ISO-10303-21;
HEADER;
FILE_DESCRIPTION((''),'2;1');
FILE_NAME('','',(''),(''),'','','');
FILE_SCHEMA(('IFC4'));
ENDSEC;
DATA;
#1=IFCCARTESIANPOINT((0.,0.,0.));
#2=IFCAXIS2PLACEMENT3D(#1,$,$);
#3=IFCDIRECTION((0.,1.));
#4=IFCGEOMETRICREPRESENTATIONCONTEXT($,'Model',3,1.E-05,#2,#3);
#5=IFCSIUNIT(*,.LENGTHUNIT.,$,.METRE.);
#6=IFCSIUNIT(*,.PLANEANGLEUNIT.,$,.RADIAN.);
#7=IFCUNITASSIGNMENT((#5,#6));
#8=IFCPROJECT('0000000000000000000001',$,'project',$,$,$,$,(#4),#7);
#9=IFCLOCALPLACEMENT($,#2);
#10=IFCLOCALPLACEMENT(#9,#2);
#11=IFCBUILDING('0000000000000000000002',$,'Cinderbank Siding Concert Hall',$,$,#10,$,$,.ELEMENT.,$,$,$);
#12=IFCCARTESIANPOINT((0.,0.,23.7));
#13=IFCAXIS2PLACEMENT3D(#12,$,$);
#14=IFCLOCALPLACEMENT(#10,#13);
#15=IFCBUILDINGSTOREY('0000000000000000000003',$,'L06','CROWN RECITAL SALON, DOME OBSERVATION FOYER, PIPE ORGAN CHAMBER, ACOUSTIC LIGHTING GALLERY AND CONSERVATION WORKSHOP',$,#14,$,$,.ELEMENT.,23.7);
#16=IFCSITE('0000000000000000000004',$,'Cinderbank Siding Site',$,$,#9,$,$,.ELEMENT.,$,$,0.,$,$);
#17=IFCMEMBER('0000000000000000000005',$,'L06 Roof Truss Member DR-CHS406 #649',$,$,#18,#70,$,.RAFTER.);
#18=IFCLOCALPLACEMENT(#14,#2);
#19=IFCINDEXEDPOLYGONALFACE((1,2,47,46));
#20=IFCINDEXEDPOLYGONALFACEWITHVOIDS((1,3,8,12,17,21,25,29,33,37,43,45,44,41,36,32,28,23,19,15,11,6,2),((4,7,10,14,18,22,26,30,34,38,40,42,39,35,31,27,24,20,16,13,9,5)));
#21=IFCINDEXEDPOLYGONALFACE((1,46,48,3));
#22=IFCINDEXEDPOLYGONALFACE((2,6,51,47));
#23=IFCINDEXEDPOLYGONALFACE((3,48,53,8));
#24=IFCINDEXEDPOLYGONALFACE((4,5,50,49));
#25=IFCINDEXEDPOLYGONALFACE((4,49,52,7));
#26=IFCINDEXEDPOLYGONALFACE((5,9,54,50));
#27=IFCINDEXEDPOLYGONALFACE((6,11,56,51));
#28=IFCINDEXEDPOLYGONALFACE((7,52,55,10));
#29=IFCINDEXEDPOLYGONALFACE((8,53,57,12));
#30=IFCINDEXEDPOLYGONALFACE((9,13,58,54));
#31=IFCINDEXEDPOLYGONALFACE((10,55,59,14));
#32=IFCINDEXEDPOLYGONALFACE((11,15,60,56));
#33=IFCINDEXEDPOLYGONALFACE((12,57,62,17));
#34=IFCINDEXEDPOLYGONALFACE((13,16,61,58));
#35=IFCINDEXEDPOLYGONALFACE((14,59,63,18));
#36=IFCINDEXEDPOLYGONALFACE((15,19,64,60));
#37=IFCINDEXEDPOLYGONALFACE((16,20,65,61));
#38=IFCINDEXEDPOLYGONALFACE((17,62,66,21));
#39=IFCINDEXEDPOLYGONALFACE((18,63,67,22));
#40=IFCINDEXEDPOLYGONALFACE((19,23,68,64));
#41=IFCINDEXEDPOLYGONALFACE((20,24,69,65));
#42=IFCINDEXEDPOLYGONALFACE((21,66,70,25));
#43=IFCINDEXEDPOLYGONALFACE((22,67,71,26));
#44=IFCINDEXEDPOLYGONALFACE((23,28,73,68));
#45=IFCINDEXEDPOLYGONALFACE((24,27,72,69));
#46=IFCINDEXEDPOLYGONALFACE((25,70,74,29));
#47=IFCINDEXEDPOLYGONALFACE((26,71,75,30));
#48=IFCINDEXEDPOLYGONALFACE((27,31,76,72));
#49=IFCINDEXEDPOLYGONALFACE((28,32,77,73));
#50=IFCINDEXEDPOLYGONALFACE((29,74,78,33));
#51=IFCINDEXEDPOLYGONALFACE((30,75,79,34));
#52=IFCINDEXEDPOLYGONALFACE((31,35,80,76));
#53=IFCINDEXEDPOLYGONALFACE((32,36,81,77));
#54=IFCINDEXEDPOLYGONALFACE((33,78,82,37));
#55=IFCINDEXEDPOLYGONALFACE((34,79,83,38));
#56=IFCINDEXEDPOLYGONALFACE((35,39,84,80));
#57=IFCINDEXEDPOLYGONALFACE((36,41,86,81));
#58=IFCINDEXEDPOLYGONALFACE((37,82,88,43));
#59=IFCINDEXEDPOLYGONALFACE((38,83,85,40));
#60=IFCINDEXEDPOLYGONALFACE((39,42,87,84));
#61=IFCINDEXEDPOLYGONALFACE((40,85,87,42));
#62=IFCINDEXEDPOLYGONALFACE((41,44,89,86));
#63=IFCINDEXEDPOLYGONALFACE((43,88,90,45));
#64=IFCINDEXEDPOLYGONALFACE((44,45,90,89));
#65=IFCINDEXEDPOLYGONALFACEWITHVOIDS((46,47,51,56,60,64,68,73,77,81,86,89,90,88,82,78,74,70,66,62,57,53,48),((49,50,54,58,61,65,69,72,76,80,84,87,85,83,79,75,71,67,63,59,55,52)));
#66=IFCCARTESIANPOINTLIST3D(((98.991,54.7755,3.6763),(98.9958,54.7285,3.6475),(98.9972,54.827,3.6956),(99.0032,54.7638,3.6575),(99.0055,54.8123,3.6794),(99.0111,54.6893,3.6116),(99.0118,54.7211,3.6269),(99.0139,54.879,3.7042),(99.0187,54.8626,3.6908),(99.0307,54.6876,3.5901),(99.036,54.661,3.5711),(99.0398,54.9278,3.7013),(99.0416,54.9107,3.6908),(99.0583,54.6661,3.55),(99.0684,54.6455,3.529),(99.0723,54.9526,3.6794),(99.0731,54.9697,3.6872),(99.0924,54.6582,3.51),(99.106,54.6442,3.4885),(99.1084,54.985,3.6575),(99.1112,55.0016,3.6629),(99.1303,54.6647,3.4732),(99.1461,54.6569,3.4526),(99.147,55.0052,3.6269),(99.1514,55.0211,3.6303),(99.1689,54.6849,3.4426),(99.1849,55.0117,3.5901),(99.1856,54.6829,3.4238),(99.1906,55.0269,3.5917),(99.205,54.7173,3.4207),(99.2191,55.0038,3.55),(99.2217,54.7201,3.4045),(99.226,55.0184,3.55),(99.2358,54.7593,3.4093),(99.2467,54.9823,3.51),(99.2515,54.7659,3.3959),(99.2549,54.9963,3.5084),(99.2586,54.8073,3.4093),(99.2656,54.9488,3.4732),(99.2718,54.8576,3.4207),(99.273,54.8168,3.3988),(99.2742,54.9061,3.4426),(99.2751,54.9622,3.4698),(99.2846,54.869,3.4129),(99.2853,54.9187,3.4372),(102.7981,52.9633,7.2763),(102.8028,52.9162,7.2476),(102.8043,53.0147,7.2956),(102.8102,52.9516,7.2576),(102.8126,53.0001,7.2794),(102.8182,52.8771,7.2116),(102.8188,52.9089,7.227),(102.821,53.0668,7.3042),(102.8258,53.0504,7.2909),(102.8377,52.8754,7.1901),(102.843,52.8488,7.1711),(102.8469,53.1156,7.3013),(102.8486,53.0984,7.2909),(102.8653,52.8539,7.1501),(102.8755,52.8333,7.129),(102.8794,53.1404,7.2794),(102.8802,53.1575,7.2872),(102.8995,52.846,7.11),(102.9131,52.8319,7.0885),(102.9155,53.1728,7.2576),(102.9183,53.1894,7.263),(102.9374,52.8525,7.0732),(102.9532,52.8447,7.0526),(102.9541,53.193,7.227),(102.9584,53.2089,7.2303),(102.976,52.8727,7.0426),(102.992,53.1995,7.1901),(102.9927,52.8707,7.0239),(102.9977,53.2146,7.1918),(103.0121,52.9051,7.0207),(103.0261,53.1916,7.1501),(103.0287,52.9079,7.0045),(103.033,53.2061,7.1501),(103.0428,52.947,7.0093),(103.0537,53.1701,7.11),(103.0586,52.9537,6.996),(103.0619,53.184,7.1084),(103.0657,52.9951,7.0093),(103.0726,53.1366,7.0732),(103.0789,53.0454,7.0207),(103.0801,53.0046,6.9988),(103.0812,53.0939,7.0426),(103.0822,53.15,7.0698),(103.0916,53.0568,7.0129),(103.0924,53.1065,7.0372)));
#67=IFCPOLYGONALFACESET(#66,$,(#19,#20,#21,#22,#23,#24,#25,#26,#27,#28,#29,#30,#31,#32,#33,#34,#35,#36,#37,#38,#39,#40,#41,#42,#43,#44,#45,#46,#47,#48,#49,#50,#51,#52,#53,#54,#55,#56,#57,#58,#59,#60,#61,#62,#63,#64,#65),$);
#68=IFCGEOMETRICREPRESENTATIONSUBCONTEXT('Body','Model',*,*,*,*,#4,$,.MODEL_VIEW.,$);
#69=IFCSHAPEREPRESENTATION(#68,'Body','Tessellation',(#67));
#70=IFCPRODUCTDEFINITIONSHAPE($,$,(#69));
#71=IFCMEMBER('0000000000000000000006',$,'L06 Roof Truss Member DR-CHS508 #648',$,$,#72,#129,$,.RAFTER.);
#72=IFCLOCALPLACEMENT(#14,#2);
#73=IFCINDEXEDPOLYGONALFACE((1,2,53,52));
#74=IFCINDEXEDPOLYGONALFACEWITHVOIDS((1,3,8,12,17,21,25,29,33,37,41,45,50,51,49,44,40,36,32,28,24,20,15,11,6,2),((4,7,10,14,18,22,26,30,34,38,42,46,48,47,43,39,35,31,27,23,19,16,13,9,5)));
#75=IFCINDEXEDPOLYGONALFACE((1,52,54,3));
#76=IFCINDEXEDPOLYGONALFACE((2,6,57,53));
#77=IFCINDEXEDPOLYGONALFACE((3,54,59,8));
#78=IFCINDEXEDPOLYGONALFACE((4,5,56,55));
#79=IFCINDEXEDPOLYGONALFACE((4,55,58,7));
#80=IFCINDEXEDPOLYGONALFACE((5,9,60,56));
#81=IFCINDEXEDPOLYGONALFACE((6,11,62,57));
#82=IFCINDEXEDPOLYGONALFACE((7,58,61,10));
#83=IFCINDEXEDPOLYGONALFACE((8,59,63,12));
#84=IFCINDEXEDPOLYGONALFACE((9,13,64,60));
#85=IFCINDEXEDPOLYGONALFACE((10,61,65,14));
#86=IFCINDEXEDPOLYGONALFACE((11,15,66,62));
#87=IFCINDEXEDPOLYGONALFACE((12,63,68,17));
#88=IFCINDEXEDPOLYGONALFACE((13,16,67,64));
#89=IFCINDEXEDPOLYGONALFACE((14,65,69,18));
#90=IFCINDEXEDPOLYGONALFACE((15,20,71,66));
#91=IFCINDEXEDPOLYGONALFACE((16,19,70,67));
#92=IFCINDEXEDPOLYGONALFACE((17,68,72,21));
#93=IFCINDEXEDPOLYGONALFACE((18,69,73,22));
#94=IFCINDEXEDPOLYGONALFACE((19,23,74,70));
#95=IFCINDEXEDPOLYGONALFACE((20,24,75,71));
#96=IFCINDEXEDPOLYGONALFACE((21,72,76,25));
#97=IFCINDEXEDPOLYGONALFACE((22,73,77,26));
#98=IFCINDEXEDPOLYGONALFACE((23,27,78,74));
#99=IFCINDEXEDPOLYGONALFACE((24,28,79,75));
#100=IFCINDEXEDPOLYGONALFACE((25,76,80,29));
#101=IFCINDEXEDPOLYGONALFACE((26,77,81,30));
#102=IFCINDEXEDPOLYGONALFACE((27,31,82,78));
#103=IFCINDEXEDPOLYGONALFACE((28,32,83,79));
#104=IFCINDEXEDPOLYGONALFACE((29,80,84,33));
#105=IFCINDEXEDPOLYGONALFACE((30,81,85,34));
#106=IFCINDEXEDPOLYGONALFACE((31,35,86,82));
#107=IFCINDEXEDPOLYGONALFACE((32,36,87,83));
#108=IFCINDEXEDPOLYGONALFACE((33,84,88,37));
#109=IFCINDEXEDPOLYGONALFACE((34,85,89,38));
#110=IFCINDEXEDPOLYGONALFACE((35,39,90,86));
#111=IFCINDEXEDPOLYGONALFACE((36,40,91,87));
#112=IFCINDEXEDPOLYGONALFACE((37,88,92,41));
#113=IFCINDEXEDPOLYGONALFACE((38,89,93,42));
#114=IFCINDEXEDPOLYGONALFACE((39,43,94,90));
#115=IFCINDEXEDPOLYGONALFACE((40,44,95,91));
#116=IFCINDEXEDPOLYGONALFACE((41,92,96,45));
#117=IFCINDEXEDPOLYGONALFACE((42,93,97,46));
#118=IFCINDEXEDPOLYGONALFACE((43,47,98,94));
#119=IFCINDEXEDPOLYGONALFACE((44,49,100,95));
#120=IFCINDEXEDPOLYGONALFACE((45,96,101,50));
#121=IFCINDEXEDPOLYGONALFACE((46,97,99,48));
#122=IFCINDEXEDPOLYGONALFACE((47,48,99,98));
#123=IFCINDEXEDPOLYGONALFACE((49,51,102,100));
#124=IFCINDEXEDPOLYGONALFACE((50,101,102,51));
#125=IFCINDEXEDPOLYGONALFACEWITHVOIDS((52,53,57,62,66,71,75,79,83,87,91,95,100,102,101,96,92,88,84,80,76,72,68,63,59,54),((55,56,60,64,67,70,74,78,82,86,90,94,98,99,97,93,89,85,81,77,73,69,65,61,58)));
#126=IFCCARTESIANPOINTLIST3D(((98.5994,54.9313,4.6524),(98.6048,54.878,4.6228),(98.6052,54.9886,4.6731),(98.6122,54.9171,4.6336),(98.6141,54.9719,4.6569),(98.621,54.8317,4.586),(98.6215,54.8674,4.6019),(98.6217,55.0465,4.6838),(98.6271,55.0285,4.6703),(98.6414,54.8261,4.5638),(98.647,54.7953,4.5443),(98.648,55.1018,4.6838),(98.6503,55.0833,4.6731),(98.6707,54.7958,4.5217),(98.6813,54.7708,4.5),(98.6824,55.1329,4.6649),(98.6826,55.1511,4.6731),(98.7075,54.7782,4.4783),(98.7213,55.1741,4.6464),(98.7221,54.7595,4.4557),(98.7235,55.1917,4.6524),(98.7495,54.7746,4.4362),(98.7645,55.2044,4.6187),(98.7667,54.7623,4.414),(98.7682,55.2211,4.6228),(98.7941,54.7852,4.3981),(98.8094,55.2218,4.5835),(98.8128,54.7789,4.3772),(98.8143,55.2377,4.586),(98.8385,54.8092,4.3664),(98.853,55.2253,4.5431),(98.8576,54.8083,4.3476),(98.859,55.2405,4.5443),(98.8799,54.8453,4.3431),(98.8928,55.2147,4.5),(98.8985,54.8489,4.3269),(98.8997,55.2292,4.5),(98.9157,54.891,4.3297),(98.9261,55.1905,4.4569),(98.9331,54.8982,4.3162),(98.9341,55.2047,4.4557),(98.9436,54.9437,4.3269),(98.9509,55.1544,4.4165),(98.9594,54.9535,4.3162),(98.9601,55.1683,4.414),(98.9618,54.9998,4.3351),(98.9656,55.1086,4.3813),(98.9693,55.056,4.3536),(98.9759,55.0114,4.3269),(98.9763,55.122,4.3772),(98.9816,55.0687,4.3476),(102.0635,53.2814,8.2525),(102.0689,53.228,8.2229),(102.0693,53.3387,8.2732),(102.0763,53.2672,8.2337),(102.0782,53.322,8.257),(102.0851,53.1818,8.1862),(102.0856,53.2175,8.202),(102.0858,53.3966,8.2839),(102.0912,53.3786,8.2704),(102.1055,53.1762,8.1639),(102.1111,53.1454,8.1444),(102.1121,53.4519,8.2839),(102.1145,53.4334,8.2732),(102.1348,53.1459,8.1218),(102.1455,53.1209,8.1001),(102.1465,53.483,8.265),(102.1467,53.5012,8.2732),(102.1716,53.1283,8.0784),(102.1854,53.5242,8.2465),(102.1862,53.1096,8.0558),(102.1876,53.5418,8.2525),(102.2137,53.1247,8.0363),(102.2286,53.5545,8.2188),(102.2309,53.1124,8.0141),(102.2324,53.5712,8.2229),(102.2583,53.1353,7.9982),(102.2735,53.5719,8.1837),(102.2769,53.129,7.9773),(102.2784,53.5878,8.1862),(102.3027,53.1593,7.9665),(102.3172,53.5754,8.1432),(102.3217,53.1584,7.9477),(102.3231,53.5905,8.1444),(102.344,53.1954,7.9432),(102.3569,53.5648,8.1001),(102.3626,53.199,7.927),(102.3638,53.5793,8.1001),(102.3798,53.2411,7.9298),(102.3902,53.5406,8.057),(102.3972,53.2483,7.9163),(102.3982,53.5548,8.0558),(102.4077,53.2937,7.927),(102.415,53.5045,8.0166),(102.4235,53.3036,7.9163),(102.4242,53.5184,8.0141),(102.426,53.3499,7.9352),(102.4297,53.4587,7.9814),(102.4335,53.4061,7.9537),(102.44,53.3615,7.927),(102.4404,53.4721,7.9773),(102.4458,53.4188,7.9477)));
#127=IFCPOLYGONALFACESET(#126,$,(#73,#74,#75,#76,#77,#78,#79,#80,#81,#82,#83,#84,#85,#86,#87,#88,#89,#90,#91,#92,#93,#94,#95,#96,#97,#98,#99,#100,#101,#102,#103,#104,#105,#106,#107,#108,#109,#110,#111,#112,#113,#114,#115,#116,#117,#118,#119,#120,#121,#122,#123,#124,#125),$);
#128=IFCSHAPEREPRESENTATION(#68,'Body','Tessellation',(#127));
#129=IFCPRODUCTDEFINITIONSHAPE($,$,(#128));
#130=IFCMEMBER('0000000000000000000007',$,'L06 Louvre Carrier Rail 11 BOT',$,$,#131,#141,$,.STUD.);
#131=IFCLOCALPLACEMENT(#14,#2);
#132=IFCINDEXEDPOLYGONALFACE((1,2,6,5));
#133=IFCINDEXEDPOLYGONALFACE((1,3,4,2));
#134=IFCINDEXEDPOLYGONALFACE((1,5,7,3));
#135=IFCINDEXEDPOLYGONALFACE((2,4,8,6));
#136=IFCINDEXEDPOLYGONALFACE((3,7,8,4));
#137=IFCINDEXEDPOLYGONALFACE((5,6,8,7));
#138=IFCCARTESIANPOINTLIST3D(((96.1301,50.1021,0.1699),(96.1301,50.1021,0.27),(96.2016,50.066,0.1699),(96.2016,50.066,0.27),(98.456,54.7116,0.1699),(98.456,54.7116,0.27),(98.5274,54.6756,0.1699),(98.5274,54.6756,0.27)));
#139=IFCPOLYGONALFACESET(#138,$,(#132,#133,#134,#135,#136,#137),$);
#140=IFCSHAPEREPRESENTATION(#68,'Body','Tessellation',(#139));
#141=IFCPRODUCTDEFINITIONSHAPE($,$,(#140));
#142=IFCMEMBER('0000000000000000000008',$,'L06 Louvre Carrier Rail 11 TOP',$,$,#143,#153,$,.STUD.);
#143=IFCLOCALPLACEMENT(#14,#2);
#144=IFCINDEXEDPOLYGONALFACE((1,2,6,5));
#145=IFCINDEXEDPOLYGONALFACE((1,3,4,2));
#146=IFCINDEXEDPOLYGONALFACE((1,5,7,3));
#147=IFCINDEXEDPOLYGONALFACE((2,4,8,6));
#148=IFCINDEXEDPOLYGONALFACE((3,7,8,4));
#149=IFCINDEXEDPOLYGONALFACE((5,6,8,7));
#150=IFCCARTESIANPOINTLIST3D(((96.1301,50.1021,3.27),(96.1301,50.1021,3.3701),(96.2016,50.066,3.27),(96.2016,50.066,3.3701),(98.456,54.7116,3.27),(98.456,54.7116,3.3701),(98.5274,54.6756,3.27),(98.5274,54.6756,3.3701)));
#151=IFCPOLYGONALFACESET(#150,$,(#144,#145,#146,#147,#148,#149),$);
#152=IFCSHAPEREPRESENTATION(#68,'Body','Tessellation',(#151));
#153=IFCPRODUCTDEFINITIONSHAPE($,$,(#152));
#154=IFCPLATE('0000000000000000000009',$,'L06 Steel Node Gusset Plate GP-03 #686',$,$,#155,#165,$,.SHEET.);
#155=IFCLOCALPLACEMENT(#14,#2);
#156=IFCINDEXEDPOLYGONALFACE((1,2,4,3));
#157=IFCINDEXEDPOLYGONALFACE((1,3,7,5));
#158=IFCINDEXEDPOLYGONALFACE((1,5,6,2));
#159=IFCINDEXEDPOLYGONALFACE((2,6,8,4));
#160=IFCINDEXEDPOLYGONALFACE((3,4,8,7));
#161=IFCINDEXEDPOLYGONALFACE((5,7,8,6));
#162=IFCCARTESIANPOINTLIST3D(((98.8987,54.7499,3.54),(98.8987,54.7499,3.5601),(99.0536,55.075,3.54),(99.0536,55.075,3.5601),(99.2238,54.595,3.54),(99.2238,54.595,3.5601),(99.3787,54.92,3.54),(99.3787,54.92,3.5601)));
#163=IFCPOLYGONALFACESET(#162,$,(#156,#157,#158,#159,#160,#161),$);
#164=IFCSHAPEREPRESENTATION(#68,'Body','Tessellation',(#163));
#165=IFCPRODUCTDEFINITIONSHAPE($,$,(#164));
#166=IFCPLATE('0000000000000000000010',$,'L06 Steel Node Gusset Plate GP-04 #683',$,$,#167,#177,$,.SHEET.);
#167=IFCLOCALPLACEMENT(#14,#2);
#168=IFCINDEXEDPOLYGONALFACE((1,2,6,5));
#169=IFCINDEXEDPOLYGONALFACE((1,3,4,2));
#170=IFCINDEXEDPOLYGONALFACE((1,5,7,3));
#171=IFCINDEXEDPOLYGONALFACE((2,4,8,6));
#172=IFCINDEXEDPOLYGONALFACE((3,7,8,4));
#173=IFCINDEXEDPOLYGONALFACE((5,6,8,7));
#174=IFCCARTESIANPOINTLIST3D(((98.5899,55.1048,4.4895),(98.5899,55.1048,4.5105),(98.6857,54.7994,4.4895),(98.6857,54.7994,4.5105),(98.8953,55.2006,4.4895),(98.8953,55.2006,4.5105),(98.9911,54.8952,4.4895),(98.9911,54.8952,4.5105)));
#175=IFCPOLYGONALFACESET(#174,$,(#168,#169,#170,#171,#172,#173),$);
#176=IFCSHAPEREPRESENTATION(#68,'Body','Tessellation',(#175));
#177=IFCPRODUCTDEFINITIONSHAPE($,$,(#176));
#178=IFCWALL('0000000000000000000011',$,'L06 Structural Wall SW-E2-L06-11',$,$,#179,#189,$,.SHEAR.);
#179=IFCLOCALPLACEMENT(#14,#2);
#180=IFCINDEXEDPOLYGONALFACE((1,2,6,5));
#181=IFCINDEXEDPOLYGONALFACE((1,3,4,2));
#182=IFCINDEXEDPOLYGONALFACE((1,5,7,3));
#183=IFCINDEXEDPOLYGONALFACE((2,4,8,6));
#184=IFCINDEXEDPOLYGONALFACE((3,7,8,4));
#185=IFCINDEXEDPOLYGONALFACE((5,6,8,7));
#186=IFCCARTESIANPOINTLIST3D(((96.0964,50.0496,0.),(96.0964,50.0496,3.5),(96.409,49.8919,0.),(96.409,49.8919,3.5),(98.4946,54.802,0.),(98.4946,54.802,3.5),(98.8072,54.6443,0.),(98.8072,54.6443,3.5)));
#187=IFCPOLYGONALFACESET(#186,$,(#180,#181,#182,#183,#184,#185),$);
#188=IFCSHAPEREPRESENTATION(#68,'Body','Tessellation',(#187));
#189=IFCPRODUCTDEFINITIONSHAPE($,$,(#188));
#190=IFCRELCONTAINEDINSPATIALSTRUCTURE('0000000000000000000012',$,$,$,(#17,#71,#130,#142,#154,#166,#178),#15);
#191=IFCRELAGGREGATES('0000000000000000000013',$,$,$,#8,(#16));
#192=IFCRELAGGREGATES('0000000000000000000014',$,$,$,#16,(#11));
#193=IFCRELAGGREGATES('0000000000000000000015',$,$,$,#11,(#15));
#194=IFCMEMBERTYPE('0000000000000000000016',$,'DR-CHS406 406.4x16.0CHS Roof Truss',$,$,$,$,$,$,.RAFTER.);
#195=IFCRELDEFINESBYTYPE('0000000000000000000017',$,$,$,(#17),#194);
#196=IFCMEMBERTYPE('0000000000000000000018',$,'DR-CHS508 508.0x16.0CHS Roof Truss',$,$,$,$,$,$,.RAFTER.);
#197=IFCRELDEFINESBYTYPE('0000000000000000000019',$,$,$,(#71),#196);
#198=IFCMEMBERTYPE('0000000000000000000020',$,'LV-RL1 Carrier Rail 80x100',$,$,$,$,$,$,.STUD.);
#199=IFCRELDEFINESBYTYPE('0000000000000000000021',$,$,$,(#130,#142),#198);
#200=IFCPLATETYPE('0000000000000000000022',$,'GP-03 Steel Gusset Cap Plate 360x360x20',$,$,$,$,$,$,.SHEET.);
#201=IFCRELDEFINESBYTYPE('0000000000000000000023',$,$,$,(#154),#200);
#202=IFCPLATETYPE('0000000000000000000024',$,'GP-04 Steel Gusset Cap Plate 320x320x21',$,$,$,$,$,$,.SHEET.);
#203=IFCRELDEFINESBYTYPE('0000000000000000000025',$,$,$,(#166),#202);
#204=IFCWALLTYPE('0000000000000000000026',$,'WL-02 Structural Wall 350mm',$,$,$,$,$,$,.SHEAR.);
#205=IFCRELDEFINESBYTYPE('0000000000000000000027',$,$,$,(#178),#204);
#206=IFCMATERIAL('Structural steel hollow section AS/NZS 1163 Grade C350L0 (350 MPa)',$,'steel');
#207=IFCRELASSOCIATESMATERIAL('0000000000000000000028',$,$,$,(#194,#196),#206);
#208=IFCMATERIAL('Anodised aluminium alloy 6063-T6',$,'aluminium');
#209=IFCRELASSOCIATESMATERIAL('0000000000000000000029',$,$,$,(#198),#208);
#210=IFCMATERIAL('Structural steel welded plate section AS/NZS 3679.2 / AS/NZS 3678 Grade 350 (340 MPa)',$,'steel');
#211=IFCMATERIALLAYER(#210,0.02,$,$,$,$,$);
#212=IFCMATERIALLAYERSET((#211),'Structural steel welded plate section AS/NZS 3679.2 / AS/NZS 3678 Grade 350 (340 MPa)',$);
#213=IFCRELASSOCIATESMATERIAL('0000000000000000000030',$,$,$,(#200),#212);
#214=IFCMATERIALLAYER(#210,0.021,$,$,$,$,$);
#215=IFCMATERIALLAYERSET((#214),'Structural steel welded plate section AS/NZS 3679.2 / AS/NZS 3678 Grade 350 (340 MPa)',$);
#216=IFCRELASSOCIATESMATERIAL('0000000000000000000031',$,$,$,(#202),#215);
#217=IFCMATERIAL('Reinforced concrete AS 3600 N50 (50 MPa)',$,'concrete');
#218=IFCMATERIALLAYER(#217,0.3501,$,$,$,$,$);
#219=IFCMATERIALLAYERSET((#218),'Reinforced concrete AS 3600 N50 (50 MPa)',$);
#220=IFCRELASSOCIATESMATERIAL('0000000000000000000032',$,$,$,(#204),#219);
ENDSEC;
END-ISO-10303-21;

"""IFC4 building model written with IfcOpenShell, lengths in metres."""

from ifc_helpers import new_model, si_unit, direction, frame, frame_2d, origin, origin_2d, place, context, subcontext, project, spatial, rectangle, hollow_circle, extrude, material, layer, layer_set, material_profile, profile_set, type_object, element, save


model = new_model("IFC4")

# Units and contexts
model_context = context("Model", 3, precision=1e-05, world=origin(), true_north=direction((0.0, 1.0)))
body_context = subcontext(model_context, "Body", "Model", "MODEL_VIEW")
ifc_project = project(units=[si_unit("LENGTHUNIT", "METRE"), si_unit("PLANEANGLEUNIT", "RADIAN")], contexts=[model_context])

# Site, building, storey
site_placement = place(None, origin())
site = spatial("IfcSite", under=ifc_project, at=site_placement, Name="Cinderbank Siding Site", CompositionType="ELEMENT", RefElevation=0.0)
building_placement = place(site_placement, origin())
building = spatial("IfcBuilding", under=site, at=building_placement, Name="Cinderbank Siding Concert Hall", CompositionType="ELEMENT")
storey_placement = place(building_placement, frame((0.0, 0.0, 23.7)))
storey = spatial("IfcBuildingStorey", under=building, at=storey_placement, Name="L06", Description="CROWN RECITAL SALON, DOME OBSERVATION FOYER, PIPE ORGAN CHAMBER, ACOUSTIC LIGHTING GALLERY AND CONSERVATION WORKSHOP", CompositionType="ELEMENT", Elevation=23.7)

# Shared definitions
ifc_material_1 = material(Name="Reinforced concrete AS 3600 N50 (50 MPa)", Category="concrete")

# Shared definitions
ifc_material_2 = material(Name="Structural steel welded plate section AS/NZS 3679.2 / AS/NZS 3678 Grade 350 (340 MPa)", Category="steel")

# Members
ifc_material_3 = material(Name="Structural steel hollow section AS/NZS 1163 Grade C350L0 (350 MPa)", Category="steel")
ifc_material_profile_1 = material_profile(ifc_material_3, hollow_circle(Radius=0.2031, WallThickness=0.0161, at=origin_2d()), Name="406.4x16.0CHS", Category="LoadBearing")
ifc_profile_set_1 = profile_set([ifc_material_profile_1], Name="Structural steel hollow section AS/NZS 1163 Grade C350L0 (350 MPa)")
member_type_1 = type_object("IfcMemberType", Name="DR-CHS406 406.4x16.0CHS Roof Truss", PredefinedType="RAFTER", material=ifc_profile_set_1)
member_1_placement = place(storey_placement, frame((99.1387, 54.835, 3.55), z_axis=(0.686675, -0.326869, 0.649334), x_axis=(0.429805, 0.902922, 0.0)))
element("IfcMember", 1, at=member_1_placement, inside=storey, type_object=member_type_1, Name="L06 Roof Truss Member DR-CHS406 #649", PredefinedType="RAFTER", context=body_context, shape_type="SweptSolid", body=[
    extrude(hollow_circle(Radius=0.2031, WallThickness=0.0161, at=origin_2d()), origin(), (0.0, 0.0, 1.0), 5.5442),
])
ifc_material_profile_2 = material_profile(ifc_material_3, hollow_circle(Radius=0.2539, WallThickness=0.0161, at=origin_2d()), Name="508.0x16.0CHS", Category="LoadBearing")
ifc_profile_set_2 = profile_set([ifc_material_profile_2], Name="Structural steel hollow section AS/NZS 1163 Grade C350L0 (350 MPa)")
member_type_2 = type_object("IfcMemberType", Name="DR-CHS508 508.0x16.0CHS Roof Truss", PredefinedType="RAFTER", material=ifc_profile_set_2)
member_2_placement = place(storey_placement, frame((98.7905, 55.0, 4.5), z_axis=(0.658394, -0.313583, 0.684239), x_axis=(0.430003, 0.902828, 0.0)))
element("IfcMember", 2, at=member_2_placement, inside=storey, type_object=member_type_2, Name="L06 Roof Truss Member DR-CHS508 #648", PredefinedType="RAFTER", context=body_context, shape_type="SweptSolid", body=[
    extrude(hollow_circle(Radius=0.2539, WallThickness=0.0161, at=origin_2d()), origin(), (0.0, 0.0, 1.0), 5.2615),
])
ifc_material_4 = material(Name="Anodised aluminium alloy 6063-T6", Category="aluminium")
ifc_material_profile_3 = material_profile(ifc_material_4, rectangle(XDim=0.0801, YDim=0.1001, at=origin_2d()), Name="ALU-RAIL-80x100", Category="LoadBearing")
ifc_profile_set_3 = profile_set([ifc_material_profile_3], Name="Anodised aluminium alloy 6063-T6")
member_type_3 = type_object("IfcMemberType", Name="LV-RL1 Carrier Rail 80x100", PredefinedType="STUD", material=ifc_profile_set_3)
for number, where, z_axis, x_axis, name in (
    (3, (98.4917, 54.6936, 0.22), (-0.450483, -0.892785, 0.0), (0.892785, -0.450483, 0.0), "L06 Louvre Carrier Rail 11 BOT"),
    (4, (98.4917, 54.6936, 3.3201), (-0.450483, -0.892785, 0.0), (0.892785, -0.450483, 0.0), "L06 Louvre Carrier Rail 11 TOP"),
):
    element("IfcMember", number, at=place(storey_placement, frame(where, z_axis=z_axis, x_axis=x_axis)), inside=storey, type_object=member_type_3, Name=name, PredefinedType="STUD", context=body_context, shape_type="SweptSolid", body=[
        extrude(rectangle(XDim=0.0801, YDim=0.1001, at=origin_2d()), origin(), (0.0, 0.0, 1.0), 5.1631),
    ])

# Plates
ifc_layer_1 = layer(ifc_material_2, 0.02)
ifc_layer_set_1 = layer_set([ifc_layer_1], Name="Structural steel welded plate section AS/NZS 3679.2 / AS/NZS 3678 Grade 350 (340 MPa)")
plate_type_1 = type_object("IfcPlateType", Name="GP-03 Steel Gusset Cap Plate 360x360x20", PredefinedType="SHEET", material=ifc_layer_set_1)
plate_1_placement = place(storey_placement, frame((99.1387, 54.835, 3.54), z_axis=(0.0, 0.0, 1.0), x_axis=(0.902736, -0.430196, 0.0)))
element("IfcPlate", 5, at=plate_1_placement, inside=storey, type_object=plate_type_1, Name="L06 Steel Node Gusset Plate GP-03 #686", PredefinedType="SHEET", context=body_context, shape_type="SweptSolid", body=[
    extrude(rectangle(XDim=0.3601, YDim=0.3601, at=origin_2d()), origin(), (0.0, 0.0, 1.0), 0.02),
])
ifc_layer_2 = layer(ifc_material_2, 0.021)
ifc_layer_set_2 = layer_set([ifc_layer_2], Name="Structural steel welded plate section AS/NZS 3679.2 / AS/NZS 3678 Grade 350 (340 MPa)")
plate_type_2 = type_object("IfcPlateType", Name="GP-04 Steel Gusset Cap Plate 320x320x21", PredefinedType="SHEET", material=ifc_layer_set_2)
plate_2_placement = place(storey_placement, frame((98.7905, 55.0, 4.4895), z_axis=(0.0, 0.0, 1.0), x_axis=(0.954188, 0.299207, 0.0)))
element("IfcPlate", 6, at=plate_2_placement, inside=storey, type_object=plate_type_2, Name="L06 Steel Node Gusset Plate GP-04 #683", PredefinedType="SHEET", context=body_context, shape_type="SweptSolid", body=[
    extrude(rectangle(XDim=0.3201, YDim=0.3201, at=origin_2d()), origin(), (0.0, 0.0, 1.0), 0.021),
])

# Wall
ifc_layer_3 = layer(ifc_material_1, 0.3501)
ifc_layer_set_3 = layer_set([ifc_layer_3], Name="Reinforced concrete AS 3600 N50 (50 MPa)")
wall_type = type_object("IfcWallType", Name="WL-02 Structural Wall 350mm", PredefinedType="SHEAR", material=ifc_layer_set_3)
wall_placement = place(storey_placement, frame((98.6509, 54.7231, 0.0), z_axis=(0.0, 0.0, 1.0), x_axis=(-0.450513, -0.89277, 0.0)))
element("IfcWall", 7, at=wall_placement, inside=storey, type_object=wall_type, Name="L06 Structural Wall SW-E2-L06-11", PredefinedType="SHEAR", context=body_context, shape_type="SweptSolid", body=[
    extrude(rectangle(XDim=5.3232, YDim=0.3501, at=frame_2d((2.6616, 0.0))), origin(), (0.0, 0.0, 1.0), 3.5),
])

save(model, "model.ifc")
